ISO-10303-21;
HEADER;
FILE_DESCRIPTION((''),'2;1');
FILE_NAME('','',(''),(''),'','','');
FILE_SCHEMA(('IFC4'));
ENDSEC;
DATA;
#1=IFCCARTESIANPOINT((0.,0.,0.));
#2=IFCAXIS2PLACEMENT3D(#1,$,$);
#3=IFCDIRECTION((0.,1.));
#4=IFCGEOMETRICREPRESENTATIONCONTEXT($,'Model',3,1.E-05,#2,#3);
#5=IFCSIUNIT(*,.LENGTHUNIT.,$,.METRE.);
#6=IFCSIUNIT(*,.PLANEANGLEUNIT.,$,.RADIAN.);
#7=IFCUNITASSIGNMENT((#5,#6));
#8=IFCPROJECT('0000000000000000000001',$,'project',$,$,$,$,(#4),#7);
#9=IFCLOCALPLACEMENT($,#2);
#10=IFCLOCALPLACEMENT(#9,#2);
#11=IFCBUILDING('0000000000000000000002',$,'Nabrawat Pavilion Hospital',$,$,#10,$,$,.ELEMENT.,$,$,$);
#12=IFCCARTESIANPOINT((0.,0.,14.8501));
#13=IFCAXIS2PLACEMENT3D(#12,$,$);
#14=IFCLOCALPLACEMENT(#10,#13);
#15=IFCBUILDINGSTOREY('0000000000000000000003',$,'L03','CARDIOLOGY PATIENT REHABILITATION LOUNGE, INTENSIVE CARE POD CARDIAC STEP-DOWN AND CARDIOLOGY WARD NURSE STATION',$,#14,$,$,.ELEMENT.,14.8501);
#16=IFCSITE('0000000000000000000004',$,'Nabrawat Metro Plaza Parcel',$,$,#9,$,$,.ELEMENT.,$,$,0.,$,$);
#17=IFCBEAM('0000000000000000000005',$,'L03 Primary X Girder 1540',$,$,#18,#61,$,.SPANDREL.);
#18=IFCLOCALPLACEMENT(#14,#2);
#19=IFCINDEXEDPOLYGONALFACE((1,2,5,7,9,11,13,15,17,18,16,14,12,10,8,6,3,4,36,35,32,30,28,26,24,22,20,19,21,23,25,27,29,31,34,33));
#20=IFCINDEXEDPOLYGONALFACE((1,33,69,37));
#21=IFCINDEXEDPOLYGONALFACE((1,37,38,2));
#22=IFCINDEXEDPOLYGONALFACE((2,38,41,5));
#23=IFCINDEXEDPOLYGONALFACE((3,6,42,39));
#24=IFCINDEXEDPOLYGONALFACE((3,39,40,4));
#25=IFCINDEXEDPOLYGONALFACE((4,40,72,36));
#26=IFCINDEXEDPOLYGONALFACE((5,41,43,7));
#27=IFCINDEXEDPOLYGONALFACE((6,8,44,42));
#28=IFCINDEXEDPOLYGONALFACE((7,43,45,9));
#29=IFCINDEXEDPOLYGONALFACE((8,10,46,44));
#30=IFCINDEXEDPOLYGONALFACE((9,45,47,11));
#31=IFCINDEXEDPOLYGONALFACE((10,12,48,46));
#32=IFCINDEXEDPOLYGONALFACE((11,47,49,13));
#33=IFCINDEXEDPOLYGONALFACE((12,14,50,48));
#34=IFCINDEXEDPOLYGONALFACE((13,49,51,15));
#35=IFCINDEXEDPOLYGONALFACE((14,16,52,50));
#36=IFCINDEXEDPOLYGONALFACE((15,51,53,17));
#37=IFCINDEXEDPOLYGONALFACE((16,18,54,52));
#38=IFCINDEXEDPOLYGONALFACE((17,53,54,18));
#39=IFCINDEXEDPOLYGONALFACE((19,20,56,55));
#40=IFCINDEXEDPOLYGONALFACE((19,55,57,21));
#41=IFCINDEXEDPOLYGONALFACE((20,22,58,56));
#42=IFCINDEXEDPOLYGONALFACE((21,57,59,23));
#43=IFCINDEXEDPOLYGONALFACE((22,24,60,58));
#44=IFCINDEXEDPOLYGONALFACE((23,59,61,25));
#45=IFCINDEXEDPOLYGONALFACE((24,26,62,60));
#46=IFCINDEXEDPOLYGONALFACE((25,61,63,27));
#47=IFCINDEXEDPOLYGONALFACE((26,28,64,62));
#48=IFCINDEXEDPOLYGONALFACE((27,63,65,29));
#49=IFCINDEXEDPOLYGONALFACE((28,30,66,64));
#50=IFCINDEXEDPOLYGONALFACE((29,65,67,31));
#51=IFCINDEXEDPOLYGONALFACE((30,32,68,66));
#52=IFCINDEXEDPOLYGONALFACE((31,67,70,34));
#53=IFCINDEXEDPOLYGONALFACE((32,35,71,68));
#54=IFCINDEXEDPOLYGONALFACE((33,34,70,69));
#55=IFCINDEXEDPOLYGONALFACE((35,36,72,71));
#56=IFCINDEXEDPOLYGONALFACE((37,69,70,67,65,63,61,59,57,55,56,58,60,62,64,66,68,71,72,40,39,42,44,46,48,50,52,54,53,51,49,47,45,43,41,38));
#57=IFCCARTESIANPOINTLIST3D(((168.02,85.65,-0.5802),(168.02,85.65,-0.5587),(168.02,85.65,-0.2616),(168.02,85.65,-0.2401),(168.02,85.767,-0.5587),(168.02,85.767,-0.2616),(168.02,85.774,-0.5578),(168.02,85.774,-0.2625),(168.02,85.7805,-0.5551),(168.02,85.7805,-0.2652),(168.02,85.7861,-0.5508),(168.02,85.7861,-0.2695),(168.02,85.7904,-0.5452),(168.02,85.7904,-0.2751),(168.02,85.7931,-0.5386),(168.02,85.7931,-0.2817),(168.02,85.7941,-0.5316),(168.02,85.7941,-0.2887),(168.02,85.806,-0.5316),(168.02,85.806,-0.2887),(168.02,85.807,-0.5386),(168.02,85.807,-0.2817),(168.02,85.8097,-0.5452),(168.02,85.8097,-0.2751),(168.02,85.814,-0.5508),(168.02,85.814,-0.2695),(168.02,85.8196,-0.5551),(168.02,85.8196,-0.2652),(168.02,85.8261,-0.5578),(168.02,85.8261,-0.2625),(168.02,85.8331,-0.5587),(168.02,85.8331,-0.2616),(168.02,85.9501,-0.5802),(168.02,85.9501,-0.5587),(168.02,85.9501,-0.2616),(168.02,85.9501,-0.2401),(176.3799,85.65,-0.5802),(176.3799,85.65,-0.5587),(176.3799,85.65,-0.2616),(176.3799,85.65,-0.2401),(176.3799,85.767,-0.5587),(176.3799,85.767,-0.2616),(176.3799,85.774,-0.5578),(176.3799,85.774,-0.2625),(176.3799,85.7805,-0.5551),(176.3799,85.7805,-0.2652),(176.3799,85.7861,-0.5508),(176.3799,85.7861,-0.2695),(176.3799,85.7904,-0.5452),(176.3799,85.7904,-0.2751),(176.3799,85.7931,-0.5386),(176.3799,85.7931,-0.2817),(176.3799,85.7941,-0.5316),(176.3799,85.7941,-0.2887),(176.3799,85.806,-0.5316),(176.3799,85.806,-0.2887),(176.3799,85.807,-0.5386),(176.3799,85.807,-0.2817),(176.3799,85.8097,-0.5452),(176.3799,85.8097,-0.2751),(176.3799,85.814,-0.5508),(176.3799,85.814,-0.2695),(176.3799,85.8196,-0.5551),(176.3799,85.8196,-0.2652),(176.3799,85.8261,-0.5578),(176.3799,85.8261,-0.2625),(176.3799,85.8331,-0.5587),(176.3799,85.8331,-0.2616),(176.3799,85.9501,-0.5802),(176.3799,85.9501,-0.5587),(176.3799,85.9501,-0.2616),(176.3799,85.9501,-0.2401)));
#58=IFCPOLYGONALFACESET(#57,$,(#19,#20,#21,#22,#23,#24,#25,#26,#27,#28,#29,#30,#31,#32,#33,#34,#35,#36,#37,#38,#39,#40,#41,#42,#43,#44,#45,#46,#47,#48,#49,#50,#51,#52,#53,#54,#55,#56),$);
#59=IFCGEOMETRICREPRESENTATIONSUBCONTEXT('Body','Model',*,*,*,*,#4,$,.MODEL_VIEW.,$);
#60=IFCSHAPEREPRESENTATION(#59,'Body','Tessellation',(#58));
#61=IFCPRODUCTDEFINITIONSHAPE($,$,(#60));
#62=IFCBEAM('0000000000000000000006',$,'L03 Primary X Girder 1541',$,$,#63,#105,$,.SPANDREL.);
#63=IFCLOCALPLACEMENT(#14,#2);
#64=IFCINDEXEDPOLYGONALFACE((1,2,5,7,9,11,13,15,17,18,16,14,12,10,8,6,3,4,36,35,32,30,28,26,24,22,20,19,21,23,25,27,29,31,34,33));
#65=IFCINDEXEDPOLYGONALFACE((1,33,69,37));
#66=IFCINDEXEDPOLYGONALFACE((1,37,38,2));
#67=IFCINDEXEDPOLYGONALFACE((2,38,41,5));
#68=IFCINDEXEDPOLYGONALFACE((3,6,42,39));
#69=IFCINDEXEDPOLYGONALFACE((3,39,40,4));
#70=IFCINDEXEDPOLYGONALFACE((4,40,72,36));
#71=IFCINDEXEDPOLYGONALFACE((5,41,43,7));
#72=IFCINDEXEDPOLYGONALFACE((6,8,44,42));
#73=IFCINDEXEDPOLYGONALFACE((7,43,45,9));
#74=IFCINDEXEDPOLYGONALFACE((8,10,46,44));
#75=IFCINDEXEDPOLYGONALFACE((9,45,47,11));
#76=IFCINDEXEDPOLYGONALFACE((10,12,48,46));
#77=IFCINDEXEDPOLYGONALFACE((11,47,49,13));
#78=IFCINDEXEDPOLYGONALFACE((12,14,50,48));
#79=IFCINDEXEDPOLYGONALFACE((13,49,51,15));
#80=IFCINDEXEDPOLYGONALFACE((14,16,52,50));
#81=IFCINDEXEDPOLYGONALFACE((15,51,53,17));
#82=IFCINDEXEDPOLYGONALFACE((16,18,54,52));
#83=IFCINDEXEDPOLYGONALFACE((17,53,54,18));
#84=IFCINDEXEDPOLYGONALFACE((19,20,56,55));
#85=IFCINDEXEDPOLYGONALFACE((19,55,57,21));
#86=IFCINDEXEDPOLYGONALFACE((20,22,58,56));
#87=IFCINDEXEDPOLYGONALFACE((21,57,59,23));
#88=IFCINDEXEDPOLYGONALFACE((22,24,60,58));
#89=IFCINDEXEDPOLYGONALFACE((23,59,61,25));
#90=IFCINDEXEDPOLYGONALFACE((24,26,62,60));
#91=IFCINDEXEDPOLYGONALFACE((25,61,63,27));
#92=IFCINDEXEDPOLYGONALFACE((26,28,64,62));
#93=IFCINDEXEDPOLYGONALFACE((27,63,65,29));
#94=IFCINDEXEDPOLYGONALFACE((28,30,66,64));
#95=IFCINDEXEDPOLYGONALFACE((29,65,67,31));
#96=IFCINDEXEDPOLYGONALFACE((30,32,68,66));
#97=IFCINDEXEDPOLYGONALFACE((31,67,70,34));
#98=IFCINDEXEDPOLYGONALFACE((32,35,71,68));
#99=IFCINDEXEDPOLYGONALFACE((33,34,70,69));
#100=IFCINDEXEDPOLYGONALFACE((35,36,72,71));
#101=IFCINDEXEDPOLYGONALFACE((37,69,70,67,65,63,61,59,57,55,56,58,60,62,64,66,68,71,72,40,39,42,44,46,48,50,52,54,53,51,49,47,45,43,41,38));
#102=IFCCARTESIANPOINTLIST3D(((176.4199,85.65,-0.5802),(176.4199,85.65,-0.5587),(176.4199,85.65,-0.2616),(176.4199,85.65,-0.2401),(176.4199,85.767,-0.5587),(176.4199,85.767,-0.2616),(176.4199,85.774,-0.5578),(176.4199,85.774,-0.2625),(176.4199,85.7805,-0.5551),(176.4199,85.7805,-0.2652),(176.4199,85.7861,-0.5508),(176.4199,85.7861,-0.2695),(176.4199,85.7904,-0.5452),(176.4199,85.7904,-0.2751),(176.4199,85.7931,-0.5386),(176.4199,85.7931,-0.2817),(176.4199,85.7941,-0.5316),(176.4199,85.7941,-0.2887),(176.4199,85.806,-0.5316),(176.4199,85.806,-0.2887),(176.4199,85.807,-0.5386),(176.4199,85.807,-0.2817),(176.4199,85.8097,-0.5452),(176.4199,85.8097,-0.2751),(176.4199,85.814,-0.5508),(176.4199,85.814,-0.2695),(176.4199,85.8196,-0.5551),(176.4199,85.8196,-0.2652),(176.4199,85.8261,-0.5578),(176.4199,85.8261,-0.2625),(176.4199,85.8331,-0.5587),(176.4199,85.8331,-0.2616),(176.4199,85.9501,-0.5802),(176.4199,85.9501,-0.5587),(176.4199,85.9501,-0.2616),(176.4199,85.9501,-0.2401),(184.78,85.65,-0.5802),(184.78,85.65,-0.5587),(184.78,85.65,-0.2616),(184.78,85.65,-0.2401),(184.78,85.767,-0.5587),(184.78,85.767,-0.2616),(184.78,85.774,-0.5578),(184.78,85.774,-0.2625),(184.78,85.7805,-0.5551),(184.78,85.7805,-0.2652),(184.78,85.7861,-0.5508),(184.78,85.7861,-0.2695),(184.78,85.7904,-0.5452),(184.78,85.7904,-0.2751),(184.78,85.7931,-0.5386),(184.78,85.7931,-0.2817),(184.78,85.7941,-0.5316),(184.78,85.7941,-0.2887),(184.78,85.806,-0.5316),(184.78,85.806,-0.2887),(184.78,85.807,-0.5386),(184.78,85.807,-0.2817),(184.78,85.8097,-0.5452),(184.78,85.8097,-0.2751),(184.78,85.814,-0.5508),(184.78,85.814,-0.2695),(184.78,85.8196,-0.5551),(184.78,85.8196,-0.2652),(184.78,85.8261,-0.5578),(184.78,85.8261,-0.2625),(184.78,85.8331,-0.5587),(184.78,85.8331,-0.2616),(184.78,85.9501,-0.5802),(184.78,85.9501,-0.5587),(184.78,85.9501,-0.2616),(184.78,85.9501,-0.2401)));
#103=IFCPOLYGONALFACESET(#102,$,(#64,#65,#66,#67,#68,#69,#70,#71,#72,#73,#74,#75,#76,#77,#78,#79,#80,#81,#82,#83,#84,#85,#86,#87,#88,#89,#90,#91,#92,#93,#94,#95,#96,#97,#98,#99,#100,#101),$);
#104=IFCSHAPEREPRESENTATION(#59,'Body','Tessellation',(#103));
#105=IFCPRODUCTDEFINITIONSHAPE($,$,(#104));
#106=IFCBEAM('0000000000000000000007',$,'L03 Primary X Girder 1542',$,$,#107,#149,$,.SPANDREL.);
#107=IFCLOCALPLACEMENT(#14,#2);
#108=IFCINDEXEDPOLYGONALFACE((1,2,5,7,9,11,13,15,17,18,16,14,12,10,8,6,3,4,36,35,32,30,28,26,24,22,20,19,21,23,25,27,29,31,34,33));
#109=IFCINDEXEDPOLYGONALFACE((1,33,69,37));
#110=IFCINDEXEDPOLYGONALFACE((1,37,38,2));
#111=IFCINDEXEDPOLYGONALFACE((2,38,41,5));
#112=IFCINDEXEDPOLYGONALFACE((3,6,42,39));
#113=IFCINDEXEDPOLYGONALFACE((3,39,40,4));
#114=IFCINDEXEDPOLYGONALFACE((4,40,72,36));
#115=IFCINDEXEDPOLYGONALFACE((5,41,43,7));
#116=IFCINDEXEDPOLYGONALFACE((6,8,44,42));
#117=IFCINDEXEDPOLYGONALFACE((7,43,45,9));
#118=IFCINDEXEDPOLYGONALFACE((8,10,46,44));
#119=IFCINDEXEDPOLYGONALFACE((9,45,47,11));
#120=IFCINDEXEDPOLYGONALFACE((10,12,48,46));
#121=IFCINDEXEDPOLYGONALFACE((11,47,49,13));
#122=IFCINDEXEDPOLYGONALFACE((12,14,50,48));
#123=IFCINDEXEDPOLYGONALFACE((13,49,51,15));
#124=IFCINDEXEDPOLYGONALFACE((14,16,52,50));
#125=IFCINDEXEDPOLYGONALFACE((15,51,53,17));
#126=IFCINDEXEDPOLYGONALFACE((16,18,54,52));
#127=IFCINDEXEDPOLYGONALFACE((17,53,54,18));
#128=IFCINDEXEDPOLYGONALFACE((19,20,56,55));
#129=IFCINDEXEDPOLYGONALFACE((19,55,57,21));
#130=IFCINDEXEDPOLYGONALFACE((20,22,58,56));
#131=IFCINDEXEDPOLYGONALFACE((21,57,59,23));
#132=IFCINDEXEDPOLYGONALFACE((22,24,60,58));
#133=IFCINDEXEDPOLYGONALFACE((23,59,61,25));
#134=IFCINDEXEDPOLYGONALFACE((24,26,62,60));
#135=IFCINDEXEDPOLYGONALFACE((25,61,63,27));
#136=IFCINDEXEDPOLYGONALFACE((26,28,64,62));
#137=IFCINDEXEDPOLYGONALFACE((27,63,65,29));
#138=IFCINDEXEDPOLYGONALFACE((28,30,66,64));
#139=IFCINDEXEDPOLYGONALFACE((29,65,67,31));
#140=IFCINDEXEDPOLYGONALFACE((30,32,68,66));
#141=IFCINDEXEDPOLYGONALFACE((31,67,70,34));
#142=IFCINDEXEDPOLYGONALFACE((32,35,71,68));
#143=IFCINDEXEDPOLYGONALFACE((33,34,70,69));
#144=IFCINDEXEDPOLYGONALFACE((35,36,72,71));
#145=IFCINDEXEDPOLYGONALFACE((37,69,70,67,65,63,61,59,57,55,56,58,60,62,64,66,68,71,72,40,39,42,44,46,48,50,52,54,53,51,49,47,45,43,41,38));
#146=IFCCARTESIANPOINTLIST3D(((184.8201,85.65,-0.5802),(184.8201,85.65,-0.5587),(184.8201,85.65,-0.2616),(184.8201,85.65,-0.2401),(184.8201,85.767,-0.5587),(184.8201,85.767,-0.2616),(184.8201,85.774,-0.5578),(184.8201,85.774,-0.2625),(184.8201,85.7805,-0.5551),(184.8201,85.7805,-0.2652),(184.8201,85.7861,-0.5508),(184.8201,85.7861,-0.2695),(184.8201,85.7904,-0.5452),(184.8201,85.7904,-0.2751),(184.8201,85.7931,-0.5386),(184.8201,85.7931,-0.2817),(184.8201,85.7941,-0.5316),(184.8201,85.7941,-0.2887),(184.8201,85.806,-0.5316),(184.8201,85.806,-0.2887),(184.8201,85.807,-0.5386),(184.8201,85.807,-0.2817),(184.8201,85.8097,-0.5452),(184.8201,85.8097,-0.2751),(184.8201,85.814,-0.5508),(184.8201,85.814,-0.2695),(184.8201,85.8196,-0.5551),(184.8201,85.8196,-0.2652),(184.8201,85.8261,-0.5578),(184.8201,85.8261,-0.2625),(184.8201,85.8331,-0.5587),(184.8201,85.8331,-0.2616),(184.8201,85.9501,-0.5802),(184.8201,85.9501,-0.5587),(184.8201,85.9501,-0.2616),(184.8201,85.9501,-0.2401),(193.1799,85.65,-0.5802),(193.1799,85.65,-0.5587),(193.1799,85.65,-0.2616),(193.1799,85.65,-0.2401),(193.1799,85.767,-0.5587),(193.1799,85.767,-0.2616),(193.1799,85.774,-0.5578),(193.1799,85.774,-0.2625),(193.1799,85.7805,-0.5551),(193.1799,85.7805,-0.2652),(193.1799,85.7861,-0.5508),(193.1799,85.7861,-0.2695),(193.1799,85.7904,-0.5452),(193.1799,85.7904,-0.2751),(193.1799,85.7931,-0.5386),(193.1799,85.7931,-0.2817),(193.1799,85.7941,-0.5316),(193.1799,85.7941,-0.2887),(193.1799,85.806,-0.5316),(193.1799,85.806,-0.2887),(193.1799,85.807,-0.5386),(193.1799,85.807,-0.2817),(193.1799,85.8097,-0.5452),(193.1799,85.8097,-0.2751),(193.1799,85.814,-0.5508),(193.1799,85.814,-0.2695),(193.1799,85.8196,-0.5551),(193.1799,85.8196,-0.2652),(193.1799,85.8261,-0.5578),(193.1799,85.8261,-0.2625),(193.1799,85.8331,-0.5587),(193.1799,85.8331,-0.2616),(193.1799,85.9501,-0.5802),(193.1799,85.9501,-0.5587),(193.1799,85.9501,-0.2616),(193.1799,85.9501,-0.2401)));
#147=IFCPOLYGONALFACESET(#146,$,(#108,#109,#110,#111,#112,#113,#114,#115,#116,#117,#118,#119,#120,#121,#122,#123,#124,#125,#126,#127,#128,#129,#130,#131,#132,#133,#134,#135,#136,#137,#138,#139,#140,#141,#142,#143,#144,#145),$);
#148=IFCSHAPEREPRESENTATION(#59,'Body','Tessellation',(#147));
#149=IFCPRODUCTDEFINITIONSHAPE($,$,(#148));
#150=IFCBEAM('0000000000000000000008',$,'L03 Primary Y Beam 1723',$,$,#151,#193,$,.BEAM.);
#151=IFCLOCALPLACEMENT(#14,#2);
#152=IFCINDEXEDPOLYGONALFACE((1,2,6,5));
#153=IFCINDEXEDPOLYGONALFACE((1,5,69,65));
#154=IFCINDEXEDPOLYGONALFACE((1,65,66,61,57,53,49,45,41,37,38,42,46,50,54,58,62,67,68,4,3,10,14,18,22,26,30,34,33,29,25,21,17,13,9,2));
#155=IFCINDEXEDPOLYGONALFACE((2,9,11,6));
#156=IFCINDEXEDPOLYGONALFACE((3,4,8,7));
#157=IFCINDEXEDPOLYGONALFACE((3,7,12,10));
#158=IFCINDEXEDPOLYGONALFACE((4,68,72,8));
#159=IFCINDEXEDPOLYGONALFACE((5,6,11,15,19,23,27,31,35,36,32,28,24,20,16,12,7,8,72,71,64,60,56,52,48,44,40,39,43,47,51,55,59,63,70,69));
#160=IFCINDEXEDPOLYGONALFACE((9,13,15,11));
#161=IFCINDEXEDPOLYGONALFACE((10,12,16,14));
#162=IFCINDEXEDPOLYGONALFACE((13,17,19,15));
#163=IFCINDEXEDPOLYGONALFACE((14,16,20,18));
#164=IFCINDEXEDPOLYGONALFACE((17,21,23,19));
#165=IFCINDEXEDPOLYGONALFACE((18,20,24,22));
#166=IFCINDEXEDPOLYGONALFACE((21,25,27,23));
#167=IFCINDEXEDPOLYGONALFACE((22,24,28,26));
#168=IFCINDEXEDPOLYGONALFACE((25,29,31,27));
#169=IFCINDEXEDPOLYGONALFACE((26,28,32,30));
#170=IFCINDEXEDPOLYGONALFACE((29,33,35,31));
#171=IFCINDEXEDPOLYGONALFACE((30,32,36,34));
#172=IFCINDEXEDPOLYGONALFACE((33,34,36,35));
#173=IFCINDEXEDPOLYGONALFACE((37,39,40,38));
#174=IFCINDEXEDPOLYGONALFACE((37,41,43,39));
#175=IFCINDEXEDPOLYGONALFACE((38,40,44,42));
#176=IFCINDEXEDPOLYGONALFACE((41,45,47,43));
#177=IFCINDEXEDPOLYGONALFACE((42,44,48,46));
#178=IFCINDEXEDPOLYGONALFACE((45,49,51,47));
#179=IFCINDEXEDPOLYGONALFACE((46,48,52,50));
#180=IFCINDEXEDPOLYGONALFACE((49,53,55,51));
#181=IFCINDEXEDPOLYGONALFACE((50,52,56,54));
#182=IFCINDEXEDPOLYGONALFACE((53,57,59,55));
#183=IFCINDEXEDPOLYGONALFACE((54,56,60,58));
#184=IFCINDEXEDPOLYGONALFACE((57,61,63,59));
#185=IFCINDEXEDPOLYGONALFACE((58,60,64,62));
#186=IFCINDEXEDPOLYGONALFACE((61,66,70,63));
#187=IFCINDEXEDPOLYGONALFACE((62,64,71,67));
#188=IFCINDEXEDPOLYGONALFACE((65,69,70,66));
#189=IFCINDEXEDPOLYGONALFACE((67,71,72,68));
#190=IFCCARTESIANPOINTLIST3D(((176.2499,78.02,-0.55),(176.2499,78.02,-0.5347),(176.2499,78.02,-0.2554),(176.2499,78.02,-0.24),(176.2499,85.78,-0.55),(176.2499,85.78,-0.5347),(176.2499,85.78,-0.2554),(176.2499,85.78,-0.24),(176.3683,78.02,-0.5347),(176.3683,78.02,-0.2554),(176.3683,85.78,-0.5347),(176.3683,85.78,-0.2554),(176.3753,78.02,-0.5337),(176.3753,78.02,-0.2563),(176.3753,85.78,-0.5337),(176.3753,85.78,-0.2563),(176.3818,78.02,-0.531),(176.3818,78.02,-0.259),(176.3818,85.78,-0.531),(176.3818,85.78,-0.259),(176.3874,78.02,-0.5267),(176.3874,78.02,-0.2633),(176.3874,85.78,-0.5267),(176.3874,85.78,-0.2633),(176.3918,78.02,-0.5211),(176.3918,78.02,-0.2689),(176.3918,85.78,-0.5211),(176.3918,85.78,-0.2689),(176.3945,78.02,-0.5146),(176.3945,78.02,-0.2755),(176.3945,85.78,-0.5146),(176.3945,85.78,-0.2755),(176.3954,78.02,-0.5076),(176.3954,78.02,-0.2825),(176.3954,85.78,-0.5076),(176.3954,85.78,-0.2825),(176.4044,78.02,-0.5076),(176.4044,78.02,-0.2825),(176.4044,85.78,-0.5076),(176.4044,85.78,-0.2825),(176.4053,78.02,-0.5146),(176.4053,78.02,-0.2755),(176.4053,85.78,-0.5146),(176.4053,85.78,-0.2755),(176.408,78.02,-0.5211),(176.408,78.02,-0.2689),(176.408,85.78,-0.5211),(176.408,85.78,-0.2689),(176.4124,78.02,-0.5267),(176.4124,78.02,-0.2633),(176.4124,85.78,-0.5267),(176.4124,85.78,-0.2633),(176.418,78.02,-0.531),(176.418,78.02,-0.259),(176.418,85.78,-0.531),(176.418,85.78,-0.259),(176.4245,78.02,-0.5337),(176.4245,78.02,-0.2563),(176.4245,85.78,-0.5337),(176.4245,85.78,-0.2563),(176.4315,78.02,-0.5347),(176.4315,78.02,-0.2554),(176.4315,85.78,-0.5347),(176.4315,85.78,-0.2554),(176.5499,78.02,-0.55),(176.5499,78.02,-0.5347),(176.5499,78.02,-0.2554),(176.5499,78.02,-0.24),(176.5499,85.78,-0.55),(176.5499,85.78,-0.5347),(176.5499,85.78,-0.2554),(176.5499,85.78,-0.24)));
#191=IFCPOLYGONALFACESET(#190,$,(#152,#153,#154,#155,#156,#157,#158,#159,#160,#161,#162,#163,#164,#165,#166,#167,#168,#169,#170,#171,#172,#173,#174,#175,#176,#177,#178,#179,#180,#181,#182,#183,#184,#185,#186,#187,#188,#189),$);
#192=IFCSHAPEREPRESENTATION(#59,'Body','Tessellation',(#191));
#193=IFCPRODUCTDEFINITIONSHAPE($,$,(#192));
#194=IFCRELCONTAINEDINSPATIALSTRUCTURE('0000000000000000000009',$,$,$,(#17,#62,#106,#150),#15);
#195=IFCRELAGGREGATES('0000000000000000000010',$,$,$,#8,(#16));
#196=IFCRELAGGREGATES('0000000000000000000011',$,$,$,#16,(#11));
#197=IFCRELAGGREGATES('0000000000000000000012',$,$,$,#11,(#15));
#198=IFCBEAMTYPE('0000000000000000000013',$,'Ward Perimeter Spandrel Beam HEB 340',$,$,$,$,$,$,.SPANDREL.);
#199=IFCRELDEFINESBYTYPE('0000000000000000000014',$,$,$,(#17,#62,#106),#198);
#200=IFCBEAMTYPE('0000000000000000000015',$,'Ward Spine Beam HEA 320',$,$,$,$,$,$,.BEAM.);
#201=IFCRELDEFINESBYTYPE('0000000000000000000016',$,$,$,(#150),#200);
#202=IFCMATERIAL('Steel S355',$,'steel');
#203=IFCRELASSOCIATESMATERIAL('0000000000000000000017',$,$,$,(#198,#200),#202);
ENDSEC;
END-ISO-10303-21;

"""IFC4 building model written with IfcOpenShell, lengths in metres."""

from ifc_helpers import new_model, si_unit, direction, frame, origin, origin_2d, place, context, subcontext, project, spatial, i_section, extrude, material, material_profile, profile_set, type_object, element, save


model = new_model("IFC4")

# Units and contexts
model_context = context("Model", 3, precision=1e-05, world=origin(), true_north=direction((0.0, 1.0)))
body_context = subcontext(model_context, "Body", "Model", "MODEL_VIEW")
ifc_project = project(units=[si_unit("LENGTHUNIT", "METRE"), si_unit("PLANEANGLEUNIT", "RADIAN")], contexts=[model_context])

# Site, building, storey
site_placement = place(None, origin())
site = spatial("IfcSite", under=ifc_project, at=site_placement, Name="Nabrawat Metro Plaza Parcel", CompositionType="ELEMENT", RefElevation=0.0)
building_placement = place(site_placement, origin())
building = spatial("IfcBuilding", under=site, at=building_placement, Name="Nabrawat Pavilion Hospital", CompositionType="ELEMENT")
storey_placement = place(building_placement, frame((0.0, 0.0, 14.8501)))
storey = spatial("IfcBuildingStorey", under=building, at=storey_placement, Name="L03", Description="CARDIOLOGY PATIENT REHABILITATION LOUNGE, INTENSIVE CARE POD CARDIAC STEP-DOWN AND CARDIOLOGY WARD NURSE STATION", CompositionType="ELEMENT", Elevation=14.8501)

# Shared definitions
ifc_material_1 = material(Name="Steel S355", Category="steel")

# Beams
ifc_material_profile_1 = material_profile(ifc_material_1, i_section(OverallWidth=0.3, OverallDepth=0.3401, WebThickness=0.012, FlangeThickness=0.0215, FilletRadius=0.0271, at=origin_2d()), Name="HEB 340")
ifc_profile_set_1 = profile_set([ifc_material_profile_1], Name="Steel S355")
beam_type_1 = type_object("IfcBeamType", Name="Ward Perimeter Spandrel Beam HEB 340", PredefinedType="SPANDREL", material=ifc_profile_set_1)
beam_1_placement = place(storey_placement, frame((168.02, 85.8, -0.4102), z_axis=(1.0, 0.0, 0.0), x_axis=(0.0, 1.0, 0.0)))
element("IfcBeam", 1, at=beam_1_placement, inside=storey, type_object=beam_type_1, Name="L03 Primary X Girder 1540", PredefinedType="SPANDREL", context=body_context, shape_type="SweptSolid", body=[
    extrude(i_section(OverallWidth=0.3, OverallDepth=0.3401, WebThickness=0.012, FlangeThickness=0.0215, FilletRadius=0.0271, at=origin_2d()), origin(), (0.0, 0.0, 1.0), 8.3599),
])
beam_2_placement = place(storey_placement, frame((176.4199, 85.8, -0.4102), z_axis=(1.0, 0.0, 0.0), x_axis=(0.0, 1.0, 0.0)))
element("IfcBeam", 2, at=beam_2_placement, inside=storey, type_object=beam_type_1, Name="L03 Primary X Girder 1541", PredefinedType="SPANDREL", context=body_context, shape_type="SweptSolid", body=[
    extrude(i_section(OverallWidth=0.3, OverallDepth=0.3401, WebThickness=0.012, FlangeThickness=0.0215, FilletRadius=0.0271, at=origin_2d()), origin(), (0.0, 0.0, 1.0), 8.3601),
])
beam_3_placement = place(storey_placement, frame((184.8201, 85.8, -0.4102), z_axis=(1.0, 0.0, 0.0), x_axis=(0.0, 1.0, 0.0)))
element("IfcBeam", 3, at=beam_3_placement, inside=storey, type_object=beam_type_1, Name="L03 Primary X Girder 1542", PredefinedType="SPANDREL", context=body_context, shape_type="SweptSolid", body=[
    extrude(i_section(OverallWidth=0.3, OverallDepth=0.3401, WebThickness=0.012, FlangeThickness=0.0215, FilletRadius=0.0271, at=origin_2d()), origin(), (0.0, 0.0, 1.0), 8.3599),
])
ifc_material_profile_2 = material_profile(ifc_material_1, i_section(OverallWidth=0.3, OverallDepth=0.3101, WebThickness=0.009, FlangeThickness=0.0154, FilletRadius=0.0271, at=origin_2d()), Name="HEA 320")
ifc_profile_set_2 = profile_set([ifc_material_profile_2], Name="Steel S355")
beam_type_2 = type_object("IfcBeamType", Name="Ward Spine Beam HEA 320", PredefinedType="BEAM", material=ifc_profile_set_2)
for number, where, z_axis, x_axis, name in (
    (4, (176.3999, 78.02, -0.395), (0.0, 1.0, 0.0), (-1.0, 0.0, 0.0), "L03 Primary Y Beam 1723"),
):
    element("IfcBeam", number, at=place(storey_placement, frame(where, z_axis=z_axis, x_axis=x_axis)), inside=storey, type_object=beam_type_2, Name=name, PredefinedType="BEAM", context=body_context, shape_type="SweptSolid", body=[
        extrude(i_section(OverallWidth=0.3, OverallDepth=0.3101, WebThickness=0.009, FlangeThickness=0.0154, FilletRadius=0.0271, at=origin_2d()), origin(), (0.0, 0.0, 1.0), 7.76),
    ])

save(model, "model.ifc")
